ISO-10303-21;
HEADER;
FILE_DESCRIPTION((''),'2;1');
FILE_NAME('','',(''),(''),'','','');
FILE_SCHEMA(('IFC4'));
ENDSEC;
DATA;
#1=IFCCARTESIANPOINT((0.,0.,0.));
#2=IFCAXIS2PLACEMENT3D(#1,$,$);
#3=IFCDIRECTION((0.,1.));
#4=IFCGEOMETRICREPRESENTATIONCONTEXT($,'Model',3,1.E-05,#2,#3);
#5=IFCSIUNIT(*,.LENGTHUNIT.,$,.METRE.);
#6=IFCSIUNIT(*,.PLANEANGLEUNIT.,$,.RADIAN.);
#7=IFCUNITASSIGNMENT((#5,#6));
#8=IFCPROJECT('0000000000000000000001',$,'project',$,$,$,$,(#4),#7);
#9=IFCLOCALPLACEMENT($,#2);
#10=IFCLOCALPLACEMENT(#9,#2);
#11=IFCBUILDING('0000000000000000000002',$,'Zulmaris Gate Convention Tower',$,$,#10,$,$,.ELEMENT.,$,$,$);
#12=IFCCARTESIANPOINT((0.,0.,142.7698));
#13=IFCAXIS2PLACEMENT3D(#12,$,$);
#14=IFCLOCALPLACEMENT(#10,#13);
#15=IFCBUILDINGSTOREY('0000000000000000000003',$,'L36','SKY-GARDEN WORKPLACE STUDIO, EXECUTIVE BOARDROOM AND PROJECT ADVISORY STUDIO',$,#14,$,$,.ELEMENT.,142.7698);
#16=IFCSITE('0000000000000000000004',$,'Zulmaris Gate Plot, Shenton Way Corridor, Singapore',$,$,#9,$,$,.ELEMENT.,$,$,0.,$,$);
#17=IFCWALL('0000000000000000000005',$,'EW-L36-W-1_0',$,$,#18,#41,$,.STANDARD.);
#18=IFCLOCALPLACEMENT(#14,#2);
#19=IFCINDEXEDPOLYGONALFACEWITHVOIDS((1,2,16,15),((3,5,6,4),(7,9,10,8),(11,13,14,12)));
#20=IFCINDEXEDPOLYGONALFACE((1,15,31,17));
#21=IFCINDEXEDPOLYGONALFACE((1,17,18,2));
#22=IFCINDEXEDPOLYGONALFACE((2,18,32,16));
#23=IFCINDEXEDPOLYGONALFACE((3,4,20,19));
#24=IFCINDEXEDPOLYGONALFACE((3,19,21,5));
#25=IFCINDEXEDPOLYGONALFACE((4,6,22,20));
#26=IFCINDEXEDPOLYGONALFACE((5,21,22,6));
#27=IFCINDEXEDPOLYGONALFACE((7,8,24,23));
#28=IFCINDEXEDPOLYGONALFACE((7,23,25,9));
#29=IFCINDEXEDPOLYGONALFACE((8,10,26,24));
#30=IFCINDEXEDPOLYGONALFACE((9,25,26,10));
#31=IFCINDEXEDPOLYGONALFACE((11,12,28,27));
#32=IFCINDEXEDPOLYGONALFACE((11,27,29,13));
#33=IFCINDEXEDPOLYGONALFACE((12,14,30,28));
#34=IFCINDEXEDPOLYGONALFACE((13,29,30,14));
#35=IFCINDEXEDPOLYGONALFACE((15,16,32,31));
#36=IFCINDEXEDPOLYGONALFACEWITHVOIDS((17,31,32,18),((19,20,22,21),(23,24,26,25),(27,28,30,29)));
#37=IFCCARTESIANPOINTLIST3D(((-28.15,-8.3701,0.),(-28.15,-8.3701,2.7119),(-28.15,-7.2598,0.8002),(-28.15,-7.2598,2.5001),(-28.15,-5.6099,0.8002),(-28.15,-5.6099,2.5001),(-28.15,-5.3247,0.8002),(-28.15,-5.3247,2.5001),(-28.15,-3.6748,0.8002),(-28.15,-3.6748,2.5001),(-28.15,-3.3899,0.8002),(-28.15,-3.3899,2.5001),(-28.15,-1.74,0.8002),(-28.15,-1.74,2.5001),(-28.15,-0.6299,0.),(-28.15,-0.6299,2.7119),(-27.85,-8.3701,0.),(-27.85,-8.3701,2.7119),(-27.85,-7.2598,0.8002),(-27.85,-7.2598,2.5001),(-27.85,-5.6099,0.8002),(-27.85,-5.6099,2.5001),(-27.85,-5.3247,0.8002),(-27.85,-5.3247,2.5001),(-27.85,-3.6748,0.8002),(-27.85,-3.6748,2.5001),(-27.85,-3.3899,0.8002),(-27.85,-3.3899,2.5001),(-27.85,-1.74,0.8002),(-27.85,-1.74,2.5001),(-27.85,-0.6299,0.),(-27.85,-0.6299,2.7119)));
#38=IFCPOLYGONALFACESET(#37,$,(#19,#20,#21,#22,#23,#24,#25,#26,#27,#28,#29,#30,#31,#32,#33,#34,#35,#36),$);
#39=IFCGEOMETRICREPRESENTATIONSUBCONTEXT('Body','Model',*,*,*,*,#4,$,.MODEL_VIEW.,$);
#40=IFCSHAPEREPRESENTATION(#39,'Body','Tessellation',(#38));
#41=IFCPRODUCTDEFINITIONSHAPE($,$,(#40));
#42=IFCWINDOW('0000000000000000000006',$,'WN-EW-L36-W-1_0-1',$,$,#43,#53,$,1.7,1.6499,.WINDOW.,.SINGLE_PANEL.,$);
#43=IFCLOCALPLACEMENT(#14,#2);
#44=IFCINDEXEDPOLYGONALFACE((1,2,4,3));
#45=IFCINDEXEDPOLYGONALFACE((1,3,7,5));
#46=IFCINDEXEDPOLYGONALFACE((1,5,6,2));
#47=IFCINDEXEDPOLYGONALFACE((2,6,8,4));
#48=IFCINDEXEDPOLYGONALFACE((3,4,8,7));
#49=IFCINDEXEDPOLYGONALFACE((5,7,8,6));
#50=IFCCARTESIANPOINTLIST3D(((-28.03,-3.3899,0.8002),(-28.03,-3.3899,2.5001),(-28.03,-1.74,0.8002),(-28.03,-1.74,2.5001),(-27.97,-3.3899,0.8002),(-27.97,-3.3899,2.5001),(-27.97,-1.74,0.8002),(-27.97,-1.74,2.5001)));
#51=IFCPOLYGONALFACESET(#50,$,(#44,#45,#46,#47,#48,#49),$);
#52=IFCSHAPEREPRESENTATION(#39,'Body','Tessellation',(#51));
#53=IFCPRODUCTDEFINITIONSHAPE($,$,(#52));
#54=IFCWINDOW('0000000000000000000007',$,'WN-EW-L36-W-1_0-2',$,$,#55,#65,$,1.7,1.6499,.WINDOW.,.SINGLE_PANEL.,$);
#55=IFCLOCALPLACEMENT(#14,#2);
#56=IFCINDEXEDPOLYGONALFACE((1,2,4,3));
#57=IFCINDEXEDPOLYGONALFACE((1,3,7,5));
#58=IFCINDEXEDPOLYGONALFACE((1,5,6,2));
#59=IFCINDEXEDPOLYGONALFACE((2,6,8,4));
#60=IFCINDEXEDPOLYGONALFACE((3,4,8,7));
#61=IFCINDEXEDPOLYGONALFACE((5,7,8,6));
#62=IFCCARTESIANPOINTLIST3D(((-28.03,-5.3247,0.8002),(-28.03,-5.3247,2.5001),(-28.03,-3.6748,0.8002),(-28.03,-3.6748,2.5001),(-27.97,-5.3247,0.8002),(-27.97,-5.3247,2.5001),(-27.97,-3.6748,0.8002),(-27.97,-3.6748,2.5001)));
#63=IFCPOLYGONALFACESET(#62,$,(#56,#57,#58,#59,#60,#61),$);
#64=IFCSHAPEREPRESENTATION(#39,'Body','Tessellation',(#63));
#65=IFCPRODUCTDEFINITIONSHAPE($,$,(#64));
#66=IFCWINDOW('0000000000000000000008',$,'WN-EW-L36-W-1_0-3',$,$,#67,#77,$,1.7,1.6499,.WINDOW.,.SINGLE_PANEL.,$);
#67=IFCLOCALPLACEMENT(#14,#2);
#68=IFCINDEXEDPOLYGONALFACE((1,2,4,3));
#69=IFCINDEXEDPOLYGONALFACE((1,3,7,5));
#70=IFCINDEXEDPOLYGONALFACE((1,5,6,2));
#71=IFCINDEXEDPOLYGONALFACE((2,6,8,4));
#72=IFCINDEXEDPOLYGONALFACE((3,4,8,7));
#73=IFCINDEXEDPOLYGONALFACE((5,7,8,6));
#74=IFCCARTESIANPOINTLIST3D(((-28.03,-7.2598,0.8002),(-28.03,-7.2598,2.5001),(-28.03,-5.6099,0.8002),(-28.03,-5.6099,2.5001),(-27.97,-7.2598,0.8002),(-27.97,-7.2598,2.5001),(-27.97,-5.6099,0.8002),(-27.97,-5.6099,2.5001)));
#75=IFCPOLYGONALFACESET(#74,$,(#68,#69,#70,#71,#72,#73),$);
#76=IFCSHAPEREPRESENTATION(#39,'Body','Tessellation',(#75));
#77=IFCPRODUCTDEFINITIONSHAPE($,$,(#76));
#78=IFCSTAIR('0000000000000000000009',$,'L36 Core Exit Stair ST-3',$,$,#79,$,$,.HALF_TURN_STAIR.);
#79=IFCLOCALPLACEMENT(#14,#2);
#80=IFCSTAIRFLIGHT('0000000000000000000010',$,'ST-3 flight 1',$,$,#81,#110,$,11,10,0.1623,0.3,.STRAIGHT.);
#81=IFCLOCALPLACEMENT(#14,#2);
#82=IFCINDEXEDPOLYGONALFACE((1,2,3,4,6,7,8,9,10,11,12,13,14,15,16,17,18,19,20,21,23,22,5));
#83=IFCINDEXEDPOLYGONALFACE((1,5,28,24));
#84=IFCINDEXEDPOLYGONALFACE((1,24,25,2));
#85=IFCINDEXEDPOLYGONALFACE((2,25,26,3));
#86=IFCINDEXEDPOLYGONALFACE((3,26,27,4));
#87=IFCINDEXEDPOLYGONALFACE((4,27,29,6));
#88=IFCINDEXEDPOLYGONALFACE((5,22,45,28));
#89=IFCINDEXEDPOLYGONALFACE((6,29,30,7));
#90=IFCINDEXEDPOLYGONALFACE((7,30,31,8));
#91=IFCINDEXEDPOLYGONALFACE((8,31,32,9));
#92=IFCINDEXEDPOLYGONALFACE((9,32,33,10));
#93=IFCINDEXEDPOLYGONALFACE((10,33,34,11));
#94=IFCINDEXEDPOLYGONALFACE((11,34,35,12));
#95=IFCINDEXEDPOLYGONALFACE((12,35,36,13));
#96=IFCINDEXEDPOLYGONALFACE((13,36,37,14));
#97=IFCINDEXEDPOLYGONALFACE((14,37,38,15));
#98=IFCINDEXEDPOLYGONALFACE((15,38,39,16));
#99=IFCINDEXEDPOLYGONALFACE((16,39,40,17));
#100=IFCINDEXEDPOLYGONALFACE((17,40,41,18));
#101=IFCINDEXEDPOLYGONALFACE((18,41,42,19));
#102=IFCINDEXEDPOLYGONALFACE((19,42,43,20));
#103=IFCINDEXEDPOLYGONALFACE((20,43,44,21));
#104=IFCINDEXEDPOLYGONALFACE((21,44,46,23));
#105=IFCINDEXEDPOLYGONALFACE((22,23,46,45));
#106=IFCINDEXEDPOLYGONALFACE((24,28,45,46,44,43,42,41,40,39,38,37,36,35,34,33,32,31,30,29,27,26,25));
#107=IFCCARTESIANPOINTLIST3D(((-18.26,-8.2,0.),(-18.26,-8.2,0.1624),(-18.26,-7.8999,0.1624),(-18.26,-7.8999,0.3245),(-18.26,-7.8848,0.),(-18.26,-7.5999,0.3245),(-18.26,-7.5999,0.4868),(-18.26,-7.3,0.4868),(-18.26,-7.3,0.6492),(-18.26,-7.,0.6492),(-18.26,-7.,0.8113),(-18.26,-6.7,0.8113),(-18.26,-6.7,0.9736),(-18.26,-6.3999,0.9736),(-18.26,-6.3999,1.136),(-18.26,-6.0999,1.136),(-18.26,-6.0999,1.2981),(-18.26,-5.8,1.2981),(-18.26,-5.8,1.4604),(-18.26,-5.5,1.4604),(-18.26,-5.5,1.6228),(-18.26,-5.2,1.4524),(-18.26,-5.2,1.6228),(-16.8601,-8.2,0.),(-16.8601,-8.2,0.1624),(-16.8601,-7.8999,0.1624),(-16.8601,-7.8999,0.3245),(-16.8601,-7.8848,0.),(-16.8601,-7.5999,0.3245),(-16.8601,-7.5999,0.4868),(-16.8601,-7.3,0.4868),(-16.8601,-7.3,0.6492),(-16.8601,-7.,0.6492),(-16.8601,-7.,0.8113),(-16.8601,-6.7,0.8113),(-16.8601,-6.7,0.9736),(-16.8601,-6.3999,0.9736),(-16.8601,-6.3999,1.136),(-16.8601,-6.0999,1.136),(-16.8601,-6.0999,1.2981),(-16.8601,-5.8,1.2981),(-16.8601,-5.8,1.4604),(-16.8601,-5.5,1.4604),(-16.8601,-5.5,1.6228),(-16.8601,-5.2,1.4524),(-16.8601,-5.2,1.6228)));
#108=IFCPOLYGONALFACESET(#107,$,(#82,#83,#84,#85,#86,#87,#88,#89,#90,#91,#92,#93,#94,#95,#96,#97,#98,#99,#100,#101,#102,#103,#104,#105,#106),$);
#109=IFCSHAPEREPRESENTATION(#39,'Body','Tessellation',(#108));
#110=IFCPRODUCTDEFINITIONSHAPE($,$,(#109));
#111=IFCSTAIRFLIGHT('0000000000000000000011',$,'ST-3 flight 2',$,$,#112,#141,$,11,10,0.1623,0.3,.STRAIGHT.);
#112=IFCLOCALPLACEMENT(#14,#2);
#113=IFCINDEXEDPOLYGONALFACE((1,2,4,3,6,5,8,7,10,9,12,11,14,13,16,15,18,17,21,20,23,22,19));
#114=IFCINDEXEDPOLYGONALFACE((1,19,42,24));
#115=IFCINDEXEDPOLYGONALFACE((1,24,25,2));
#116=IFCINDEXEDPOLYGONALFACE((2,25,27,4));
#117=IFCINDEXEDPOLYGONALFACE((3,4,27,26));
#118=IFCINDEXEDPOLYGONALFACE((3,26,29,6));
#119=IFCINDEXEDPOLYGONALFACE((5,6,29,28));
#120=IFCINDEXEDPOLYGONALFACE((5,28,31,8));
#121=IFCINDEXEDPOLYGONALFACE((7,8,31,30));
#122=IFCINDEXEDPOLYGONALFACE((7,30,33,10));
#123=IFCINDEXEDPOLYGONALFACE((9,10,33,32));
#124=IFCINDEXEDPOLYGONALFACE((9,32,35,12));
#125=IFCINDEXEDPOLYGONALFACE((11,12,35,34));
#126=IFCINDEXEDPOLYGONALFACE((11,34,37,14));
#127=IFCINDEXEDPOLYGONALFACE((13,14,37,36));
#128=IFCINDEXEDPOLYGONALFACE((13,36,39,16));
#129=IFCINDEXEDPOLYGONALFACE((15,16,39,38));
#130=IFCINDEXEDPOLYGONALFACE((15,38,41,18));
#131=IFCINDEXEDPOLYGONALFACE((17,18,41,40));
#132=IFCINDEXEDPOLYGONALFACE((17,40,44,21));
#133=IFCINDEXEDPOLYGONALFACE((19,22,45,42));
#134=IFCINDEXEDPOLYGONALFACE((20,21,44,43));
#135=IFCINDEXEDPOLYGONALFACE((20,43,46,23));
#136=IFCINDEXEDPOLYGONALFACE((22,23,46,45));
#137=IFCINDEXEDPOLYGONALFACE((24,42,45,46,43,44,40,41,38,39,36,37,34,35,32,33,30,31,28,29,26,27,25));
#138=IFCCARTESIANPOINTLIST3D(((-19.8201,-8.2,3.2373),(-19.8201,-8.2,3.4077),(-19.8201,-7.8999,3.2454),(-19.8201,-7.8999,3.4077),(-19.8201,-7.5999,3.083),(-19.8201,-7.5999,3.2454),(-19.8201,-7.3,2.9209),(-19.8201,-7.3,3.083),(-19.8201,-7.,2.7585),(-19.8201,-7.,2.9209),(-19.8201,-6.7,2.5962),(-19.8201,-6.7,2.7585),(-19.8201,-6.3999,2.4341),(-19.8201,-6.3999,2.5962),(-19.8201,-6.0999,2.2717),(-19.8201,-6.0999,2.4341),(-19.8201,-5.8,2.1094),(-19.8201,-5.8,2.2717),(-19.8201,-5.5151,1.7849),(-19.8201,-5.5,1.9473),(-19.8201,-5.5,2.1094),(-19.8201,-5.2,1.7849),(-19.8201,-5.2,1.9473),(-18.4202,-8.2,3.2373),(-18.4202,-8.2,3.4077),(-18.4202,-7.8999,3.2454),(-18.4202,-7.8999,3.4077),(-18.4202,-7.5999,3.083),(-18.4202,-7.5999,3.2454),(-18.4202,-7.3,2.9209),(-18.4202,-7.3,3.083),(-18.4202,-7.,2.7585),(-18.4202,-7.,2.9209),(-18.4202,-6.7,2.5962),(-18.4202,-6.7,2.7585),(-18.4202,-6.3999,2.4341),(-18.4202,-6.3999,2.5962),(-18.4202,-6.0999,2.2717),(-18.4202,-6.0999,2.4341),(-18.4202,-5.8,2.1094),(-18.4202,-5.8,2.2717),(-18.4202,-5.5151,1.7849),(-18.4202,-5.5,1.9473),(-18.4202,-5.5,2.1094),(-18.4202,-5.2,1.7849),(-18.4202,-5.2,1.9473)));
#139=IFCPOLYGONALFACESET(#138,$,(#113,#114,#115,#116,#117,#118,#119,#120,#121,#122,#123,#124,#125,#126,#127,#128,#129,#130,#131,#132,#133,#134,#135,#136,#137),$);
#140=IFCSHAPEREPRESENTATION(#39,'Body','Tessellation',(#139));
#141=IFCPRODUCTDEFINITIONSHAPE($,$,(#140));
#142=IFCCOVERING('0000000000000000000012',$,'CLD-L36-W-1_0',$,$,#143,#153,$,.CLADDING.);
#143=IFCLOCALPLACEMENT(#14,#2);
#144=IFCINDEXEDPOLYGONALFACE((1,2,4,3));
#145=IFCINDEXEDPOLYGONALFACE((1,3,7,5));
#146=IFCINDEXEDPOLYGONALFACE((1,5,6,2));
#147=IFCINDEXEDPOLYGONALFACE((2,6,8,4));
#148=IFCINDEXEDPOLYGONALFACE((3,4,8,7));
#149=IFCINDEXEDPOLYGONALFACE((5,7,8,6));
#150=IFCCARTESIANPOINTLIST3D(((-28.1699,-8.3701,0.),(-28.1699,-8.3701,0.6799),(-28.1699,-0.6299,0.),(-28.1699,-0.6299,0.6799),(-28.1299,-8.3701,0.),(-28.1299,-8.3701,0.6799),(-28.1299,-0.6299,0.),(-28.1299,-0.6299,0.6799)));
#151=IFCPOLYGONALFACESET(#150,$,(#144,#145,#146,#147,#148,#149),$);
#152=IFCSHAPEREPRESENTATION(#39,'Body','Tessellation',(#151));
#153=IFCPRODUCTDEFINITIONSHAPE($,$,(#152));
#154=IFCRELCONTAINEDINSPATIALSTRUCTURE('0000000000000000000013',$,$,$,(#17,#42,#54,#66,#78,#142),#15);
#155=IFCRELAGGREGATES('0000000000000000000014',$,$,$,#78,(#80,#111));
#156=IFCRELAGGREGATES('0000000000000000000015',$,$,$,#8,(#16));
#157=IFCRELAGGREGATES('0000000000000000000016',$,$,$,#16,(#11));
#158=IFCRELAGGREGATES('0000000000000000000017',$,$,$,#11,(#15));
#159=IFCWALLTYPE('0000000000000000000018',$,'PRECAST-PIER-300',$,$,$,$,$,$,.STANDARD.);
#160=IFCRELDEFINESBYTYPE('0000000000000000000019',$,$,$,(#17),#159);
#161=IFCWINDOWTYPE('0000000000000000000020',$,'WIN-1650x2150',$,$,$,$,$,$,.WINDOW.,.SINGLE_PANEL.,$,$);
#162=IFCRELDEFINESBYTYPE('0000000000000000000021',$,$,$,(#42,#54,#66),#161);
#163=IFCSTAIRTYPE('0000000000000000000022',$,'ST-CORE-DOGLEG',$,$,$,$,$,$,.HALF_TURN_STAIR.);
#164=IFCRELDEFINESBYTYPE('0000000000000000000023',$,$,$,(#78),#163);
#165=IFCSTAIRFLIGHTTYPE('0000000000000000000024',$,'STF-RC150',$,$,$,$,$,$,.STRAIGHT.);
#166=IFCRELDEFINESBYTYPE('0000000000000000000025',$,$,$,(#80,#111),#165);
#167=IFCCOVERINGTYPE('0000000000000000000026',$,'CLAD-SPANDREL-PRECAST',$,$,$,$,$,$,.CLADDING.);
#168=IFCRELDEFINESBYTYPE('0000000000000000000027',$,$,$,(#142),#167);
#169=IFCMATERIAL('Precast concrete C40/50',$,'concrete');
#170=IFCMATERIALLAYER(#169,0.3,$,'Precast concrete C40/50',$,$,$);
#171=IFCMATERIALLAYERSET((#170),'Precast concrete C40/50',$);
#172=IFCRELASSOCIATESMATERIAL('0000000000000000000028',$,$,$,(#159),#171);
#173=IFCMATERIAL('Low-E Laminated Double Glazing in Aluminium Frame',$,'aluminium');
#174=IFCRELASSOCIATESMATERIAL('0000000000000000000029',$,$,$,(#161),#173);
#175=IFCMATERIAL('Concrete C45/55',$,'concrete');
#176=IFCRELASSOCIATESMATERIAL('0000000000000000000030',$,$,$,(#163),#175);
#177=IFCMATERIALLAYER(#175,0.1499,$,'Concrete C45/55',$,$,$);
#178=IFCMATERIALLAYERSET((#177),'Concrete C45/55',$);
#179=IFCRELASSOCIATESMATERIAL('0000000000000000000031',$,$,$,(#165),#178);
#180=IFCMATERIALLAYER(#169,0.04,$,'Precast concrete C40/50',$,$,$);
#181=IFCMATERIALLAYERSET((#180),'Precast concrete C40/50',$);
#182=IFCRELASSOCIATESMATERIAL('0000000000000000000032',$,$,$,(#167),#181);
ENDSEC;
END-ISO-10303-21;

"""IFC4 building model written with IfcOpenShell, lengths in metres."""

from ifc_helpers import new_model, si_unit, direction, frame, frame_2d, origin, place, context, subcontext, project, spatial, polyline, rectangle, outline, extrude, material, layer, layer_set, type_object, element, fill, aggregate, save


model = new_model("IFC4")

# Units and contexts
model_context = context("Model", 3, precision=1e-05, world=origin(), true_north=direction((0.0, 1.0)))
body_context = subcontext(model_context, "Body", "Model", "MODEL_VIEW")
ifc_project = project(units=[si_unit("LENGTHUNIT", "METRE"), si_unit("PLANEANGLEUNIT", "RADIAN")], contexts=[model_context])

# Site, building, storey
site_placement = place(None, origin())
site = spatial("IfcSite", under=ifc_project, at=site_placement, Name="Zulmaris Gate Plot, Shenton Way Corridor, Singapore", CompositionType="ELEMENT", RefElevation=0.0)
building_placement = place(site_placement, origin())
building = spatial("IfcBuilding", under=site, at=building_placement, Name="Zulmaris Gate Convention Tower", CompositionType="ELEMENT")
storey_placement = place(building_placement, frame((0.0, 0.0, 142.7698)))
storey = spatial("IfcBuildingStorey", under=building, at=storey_placement, Name="L36", Description="SKY-GARDEN WORKPLACE STUDIO, EXECUTIVE BOARDROOM AND PROJECT ADVISORY STUDIO", CompositionType="ELEMENT", Elevation=142.7698)

# Wall, openings, windows
ifc_material_1 = material(Name="Precast concrete C40/50", Category="concrete")
ifc_layer_1 = layer(ifc_material_1, 0.3, Name="Precast concrete C40/50")
ifc_layer_set_1 = layer_set([ifc_layer_1], Name="Precast concrete C40/50")
wall_type_1 = type_object("IfcWallType", Name="PRECAST-PIER-300", PredefinedType="STANDARD", material=ifc_layer_set_1)
wall_1_placement = place(storey_placement, frame((-28.0, -0.6299, 0.0), z_axis=(0.0, 0.0, 1.0), x_axis=(0.0, -1.0, 0.0)))
wall_1 = element("IfcWall", 1, at=wall_1_placement, inside=storey, type_object=wall_type_1, Name="EW-L36-W-1_0", PredefinedType="STANDARD", context=body_context, shape_type="SweptSolid", body=[
    extrude(rectangle(XDim=7.7402, YDim=0.3, at=frame_2d((3.8701, 0.0))), origin(), (0.0, 0.0, 1.0), 2.7119),
])
opening_1_placement = place(wall_1_placement, frame((1.1101, 0.0, 0.8)))
opening_1 = element("IfcOpeningElement", 2, at=opening_1_placement, cuts=wall_1, PredefinedType="OPENING", context=body_context, shape_type="SweptSolid", body=[
    extrude(rectangle(XDim=1.6499, YDim=1.7, at=frame_2d((0.825, 0.8501))), frame((0.0, 0.1602, 0.0), z_axis=(0.0, -1.0, 0.0), x_axis=(1.0, 0.0, 0.0)), (0.0, 0.0, 1.0), 0.3201),
])
opening_2_placement = place(wall_1_placement, frame((3.0449, 0.0, 0.8)))
opening_2 = element("IfcOpeningElement", 3, at=opening_2_placement, cuts=wall_1, PredefinedType="OPENING", context=body_context, shape_type="SweptSolid", body=[
    extrude(rectangle(XDim=1.6499, YDim=1.7, at=frame_2d((0.825, 0.8501))), frame((0.0, 0.1602, 0.0), z_axis=(0.0, -1.0, 0.0), x_axis=(1.0, 0.0, 0.0)), (0.0, 0.0, 1.0), 0.3201),
])
opening_3_placement = place(wall_1_placement, frame((4.98, 0.0, 0.8)))
opening_3 = element("IfcOpeningElement", 4, at=opening_3_placement, cuts=wall_1, PredefinedType="OPENING", context=body_context, shape_type="SweptSolid", body=[
    extrude(rectangle(XDim=1.6499, YDim=1.7, at=frame_2d((0.825, 0.8501))), frame((0.0, 0.1602, 0.0), z_axis=(0.0, -1.0, 0.0), x_axis=(1.0, 0.0, 0.0)), (0.0, 0.0, 1.0), 0.3201),
])
ifc_material_2 = material(Name="Low-E Laminated Double Glazing in Aluminium Frame", Category="aluminium")
window_type = type_object("IfcWindowType", Name="WIN-1650x2150", PartitioningType="SINGLE_PANEL", PredefinedType="WINDOW", material=ifc_material_2)
window_1_placement = place(opening_1_placement, origin())
window_1 = element("IfcWindow", 5, at=window_1_placement, inside=storey, type_object=window_type, Name="WN-EW-L36-W-1_0-1", OverallHeight=1.7, OverallWidth=1.6499, PartitioningType="SINGLE_PANEL", PredefinedType="WINDOW", context=body_context, shape_type="SweptSolid", body=[
    extrude(rectangle(XDim=1.6499, YDim=1.7, at=frame_2d((0.825, 0.8501))), frame((0.0, 0.03, 0.0), z_axis=(0.0, -1.0, 0.0), x_axis=(1.0, 0.0, 0.0)), (0.0, 0.0, 1.0), 0.0601),
])
fill(opening_1, window_1)
window_2_placement = place(opening_2_placement, origin())
window_2 = element("IfcWindow", 6, at=window_2_placement, inside=storey, type_object=window_type, Name="WN-EW-L36-W-1_0-2", OverallHeight=1.7, OverallWidth=1.6499, PartitioningType="SINGLE_PANEL", PredefinedType="WINDOW", context=body_context, shape_type="SweptSolid", body=[
    extrude(rectangle(XDim=1.6499, YDim=1.7, at=frame_2d((0.825, 0.8501))), frame((0.0, 0.03, 0.0), z_axis=(0.0, -1.0, 0.0), x_axis=(1.0, 0.0, 0.0)), (0.0, 0.0, 1.0), 0.0601),
])
fill(opening_2, window_2)
window_3_placement = place(opening_3_placement, origin())
window_3 = element("IfcWindow", 7, at=window_3_placement, inside=storey, type_object=window_type, Name="WN-EW-L36-W-1_0-3", OverallHeight=1.7, OverallWidth=1.6499, PartitioningType="SINGLE_PANEL", PredefinedType="WINDOW", context=body_context, shape_type="SweptSolid", body=[
    extrude(rectangle(XDim=1.6499, YDim=1.7, at=frame_2d((0.825, 0.8501))), frame((0.0, 0.03, 0.0), z_axis=(0.0, -1.0, 0.0), x_axis=(1.0, 0.0, 0.0)), (0.0, 0.0, 1.0), 0.0601),
])
fill(opening_3, window_3)

# Stair, stair flights
ifc_material_3 = material(Name="Concrete C45/55", Category="concrete")
stair_type = type_object("IfcStairType", Name="ST-CORE-DOGLEG", PredefinedType="HALF_TURN_STAIR", material=ifc_material_3)
stair_placement = place(storey_placement, origin())
stair = element("IfcStair", 8, at=stair_placement, inside=storey, type_object=stair_type, Name="L36 Core Exit Stair ST-3", PredefinedType="HALF_TURN_STAIR")
ifc_layer_2 = layer(ifc_material_3, 0.1499, Name="Concrete C45/55")
ifc_layer_set_2 = layer_set([ifc_layer_2], Name="Concrete C45/55")
stair_flight_type = type_object("IfcStairFlightType", Name="STF-RC150", PredefinedType="STRAIGHT", material=ifc_layer_set_2)
stair_flight_1_placement = place(storey_placement, frame((-17.5601, -8.2, 0.0), z_axis=(0.0, 0.0, 1.0), x_axis=(0.0, 1.0, 0.0)))
stair_flight_1 = element("IfcStairFlight", 9, at=stair_flight_1_placement, type_object=stair_flight_type, Name="ST-3 flight 1", NumberOfRisers=11, NumberOfTreads=10, PredefinedType="STRAIGHT", RiserHeight=0.1623, TreadLength=0.3, context=body_context, shape_type="SweptSolid", body=[
    extrude(outline(polyline([(0.0, 0.0), (0.0, 0.1624), (0.3, 0.1624), (0.3, 0.3245), (0.6001, 0.3245), (0.6001, 0.4868), (0.8999, 0.4868), (0.8999, 0.6492), (1.2, 0.6492), (1.2, 0.8113), (1.5, 0.8113), (1.5, 0.9736), (1.8, 0.9736), (1.8, 1.136), (2.1001, 1.136), (2.1001, 1.2981), (2.3999, 1.2981), (2.3999, 1.4604), (2.7, 1.4604), (2.7, 1.6228), (3.0, 1.6228), (3.0, 1.7849), (3.0, 1.4524), (0.3152, 0.0), (0.0, 0.0)])), frame((0.0, 0.7, 0.0), z_axis=(0.0, -1.0, 0.0), x_axis=(1.0, 0.0, 0.0)), (0.0, 0.0, 1.0), 1.3999),
])
stair_flight_2_placement = place(storey_placement, frame((-19.1201, -5.2, 1.7849), z_axis=(0.0, 0.0, 1.0), x_axis=(0.0, -1.0, 0.0)))
stair_flight_2 = element("IfcStairFlight", 10, at=stair_flight_2_placement, type_object=stair_flight_type, Name="ST-3 flight 2", NumberOfRisers=11, NumberOfTreads=10, PredefinedType="STRAIGHT", RiserHeight=0.1623, TreadLength=0.3, context=body_context, shape_type="SweptSolid", body=[
    extrude(outline(polyline([(0.0, 0.0), (0.0, 0.1624), (0.3, 0.1624), (0.3, 0.3245), (0.6001, 0.3245), (0.6001, 0.4868), (0.8999, 0.4868), (0.8999, 0.6492), (1.2, 0.6492), (1.2, 0.8113), (1.5, 0.8113), (1.5, 0.9736), (1.8, 0.9736), (1.8, 1.136), (2.1001, 1.136), (2.1001, 1.2981), (2.3999, 1.2981), (2.3999, 1.4604), (2.7, 1.4604), (2.7, 1.6228), (3.0, 1.6228), (3.0, 1.7849), (3.0, 1.4524), (0.3152, 0.0), (0.0, 0.0)])), frame((0.0, 0.7, 0.0), z_axis=(0.0, -1.0, 0.0), x_axis=(1.0, 0.0, 0.0)), (0.0, 0.0, 1.0), 1.3999),
])
aggregate(stair, [stair_flight_1, stair_flight_2])

# Covering
ifc_layer_3 = layer(ifc_material_1, 0.04, Name="Precast concrete C40/50")
ifc_layer_set_3 = layer_set([ifc_layer_3], Name="Precast concrete C40/50")
covering_type = type_object("IfcCoveringType", Name="CLAD-SPANDREL-PRECAST", PredefinedType="CLADDING", material=ifc_layer_set_3)
covering_placement = place(storey_placement, frame((-28.1499, -0.6299, 0.0), z_axis=(0.0, 0.0, 1.0), x_axis=(0.0, -1.0, 0.0)))
element("IfcCovering", 11, at=covering_placement, inside=storey, type_object=covering_type, Name="CLD-L36-W-1_0", PredefinedType="CLADDING", context=body_context, shape_type="SweptSolid", body=[
    extrude(rectangle(XDim=7.7402, YDim=0.04, at=frame_2d((3.8701, 0.0))), origin(), (0.0, 0.0, 1.0), 0.6799),
])

save(model, "model.ifc")
